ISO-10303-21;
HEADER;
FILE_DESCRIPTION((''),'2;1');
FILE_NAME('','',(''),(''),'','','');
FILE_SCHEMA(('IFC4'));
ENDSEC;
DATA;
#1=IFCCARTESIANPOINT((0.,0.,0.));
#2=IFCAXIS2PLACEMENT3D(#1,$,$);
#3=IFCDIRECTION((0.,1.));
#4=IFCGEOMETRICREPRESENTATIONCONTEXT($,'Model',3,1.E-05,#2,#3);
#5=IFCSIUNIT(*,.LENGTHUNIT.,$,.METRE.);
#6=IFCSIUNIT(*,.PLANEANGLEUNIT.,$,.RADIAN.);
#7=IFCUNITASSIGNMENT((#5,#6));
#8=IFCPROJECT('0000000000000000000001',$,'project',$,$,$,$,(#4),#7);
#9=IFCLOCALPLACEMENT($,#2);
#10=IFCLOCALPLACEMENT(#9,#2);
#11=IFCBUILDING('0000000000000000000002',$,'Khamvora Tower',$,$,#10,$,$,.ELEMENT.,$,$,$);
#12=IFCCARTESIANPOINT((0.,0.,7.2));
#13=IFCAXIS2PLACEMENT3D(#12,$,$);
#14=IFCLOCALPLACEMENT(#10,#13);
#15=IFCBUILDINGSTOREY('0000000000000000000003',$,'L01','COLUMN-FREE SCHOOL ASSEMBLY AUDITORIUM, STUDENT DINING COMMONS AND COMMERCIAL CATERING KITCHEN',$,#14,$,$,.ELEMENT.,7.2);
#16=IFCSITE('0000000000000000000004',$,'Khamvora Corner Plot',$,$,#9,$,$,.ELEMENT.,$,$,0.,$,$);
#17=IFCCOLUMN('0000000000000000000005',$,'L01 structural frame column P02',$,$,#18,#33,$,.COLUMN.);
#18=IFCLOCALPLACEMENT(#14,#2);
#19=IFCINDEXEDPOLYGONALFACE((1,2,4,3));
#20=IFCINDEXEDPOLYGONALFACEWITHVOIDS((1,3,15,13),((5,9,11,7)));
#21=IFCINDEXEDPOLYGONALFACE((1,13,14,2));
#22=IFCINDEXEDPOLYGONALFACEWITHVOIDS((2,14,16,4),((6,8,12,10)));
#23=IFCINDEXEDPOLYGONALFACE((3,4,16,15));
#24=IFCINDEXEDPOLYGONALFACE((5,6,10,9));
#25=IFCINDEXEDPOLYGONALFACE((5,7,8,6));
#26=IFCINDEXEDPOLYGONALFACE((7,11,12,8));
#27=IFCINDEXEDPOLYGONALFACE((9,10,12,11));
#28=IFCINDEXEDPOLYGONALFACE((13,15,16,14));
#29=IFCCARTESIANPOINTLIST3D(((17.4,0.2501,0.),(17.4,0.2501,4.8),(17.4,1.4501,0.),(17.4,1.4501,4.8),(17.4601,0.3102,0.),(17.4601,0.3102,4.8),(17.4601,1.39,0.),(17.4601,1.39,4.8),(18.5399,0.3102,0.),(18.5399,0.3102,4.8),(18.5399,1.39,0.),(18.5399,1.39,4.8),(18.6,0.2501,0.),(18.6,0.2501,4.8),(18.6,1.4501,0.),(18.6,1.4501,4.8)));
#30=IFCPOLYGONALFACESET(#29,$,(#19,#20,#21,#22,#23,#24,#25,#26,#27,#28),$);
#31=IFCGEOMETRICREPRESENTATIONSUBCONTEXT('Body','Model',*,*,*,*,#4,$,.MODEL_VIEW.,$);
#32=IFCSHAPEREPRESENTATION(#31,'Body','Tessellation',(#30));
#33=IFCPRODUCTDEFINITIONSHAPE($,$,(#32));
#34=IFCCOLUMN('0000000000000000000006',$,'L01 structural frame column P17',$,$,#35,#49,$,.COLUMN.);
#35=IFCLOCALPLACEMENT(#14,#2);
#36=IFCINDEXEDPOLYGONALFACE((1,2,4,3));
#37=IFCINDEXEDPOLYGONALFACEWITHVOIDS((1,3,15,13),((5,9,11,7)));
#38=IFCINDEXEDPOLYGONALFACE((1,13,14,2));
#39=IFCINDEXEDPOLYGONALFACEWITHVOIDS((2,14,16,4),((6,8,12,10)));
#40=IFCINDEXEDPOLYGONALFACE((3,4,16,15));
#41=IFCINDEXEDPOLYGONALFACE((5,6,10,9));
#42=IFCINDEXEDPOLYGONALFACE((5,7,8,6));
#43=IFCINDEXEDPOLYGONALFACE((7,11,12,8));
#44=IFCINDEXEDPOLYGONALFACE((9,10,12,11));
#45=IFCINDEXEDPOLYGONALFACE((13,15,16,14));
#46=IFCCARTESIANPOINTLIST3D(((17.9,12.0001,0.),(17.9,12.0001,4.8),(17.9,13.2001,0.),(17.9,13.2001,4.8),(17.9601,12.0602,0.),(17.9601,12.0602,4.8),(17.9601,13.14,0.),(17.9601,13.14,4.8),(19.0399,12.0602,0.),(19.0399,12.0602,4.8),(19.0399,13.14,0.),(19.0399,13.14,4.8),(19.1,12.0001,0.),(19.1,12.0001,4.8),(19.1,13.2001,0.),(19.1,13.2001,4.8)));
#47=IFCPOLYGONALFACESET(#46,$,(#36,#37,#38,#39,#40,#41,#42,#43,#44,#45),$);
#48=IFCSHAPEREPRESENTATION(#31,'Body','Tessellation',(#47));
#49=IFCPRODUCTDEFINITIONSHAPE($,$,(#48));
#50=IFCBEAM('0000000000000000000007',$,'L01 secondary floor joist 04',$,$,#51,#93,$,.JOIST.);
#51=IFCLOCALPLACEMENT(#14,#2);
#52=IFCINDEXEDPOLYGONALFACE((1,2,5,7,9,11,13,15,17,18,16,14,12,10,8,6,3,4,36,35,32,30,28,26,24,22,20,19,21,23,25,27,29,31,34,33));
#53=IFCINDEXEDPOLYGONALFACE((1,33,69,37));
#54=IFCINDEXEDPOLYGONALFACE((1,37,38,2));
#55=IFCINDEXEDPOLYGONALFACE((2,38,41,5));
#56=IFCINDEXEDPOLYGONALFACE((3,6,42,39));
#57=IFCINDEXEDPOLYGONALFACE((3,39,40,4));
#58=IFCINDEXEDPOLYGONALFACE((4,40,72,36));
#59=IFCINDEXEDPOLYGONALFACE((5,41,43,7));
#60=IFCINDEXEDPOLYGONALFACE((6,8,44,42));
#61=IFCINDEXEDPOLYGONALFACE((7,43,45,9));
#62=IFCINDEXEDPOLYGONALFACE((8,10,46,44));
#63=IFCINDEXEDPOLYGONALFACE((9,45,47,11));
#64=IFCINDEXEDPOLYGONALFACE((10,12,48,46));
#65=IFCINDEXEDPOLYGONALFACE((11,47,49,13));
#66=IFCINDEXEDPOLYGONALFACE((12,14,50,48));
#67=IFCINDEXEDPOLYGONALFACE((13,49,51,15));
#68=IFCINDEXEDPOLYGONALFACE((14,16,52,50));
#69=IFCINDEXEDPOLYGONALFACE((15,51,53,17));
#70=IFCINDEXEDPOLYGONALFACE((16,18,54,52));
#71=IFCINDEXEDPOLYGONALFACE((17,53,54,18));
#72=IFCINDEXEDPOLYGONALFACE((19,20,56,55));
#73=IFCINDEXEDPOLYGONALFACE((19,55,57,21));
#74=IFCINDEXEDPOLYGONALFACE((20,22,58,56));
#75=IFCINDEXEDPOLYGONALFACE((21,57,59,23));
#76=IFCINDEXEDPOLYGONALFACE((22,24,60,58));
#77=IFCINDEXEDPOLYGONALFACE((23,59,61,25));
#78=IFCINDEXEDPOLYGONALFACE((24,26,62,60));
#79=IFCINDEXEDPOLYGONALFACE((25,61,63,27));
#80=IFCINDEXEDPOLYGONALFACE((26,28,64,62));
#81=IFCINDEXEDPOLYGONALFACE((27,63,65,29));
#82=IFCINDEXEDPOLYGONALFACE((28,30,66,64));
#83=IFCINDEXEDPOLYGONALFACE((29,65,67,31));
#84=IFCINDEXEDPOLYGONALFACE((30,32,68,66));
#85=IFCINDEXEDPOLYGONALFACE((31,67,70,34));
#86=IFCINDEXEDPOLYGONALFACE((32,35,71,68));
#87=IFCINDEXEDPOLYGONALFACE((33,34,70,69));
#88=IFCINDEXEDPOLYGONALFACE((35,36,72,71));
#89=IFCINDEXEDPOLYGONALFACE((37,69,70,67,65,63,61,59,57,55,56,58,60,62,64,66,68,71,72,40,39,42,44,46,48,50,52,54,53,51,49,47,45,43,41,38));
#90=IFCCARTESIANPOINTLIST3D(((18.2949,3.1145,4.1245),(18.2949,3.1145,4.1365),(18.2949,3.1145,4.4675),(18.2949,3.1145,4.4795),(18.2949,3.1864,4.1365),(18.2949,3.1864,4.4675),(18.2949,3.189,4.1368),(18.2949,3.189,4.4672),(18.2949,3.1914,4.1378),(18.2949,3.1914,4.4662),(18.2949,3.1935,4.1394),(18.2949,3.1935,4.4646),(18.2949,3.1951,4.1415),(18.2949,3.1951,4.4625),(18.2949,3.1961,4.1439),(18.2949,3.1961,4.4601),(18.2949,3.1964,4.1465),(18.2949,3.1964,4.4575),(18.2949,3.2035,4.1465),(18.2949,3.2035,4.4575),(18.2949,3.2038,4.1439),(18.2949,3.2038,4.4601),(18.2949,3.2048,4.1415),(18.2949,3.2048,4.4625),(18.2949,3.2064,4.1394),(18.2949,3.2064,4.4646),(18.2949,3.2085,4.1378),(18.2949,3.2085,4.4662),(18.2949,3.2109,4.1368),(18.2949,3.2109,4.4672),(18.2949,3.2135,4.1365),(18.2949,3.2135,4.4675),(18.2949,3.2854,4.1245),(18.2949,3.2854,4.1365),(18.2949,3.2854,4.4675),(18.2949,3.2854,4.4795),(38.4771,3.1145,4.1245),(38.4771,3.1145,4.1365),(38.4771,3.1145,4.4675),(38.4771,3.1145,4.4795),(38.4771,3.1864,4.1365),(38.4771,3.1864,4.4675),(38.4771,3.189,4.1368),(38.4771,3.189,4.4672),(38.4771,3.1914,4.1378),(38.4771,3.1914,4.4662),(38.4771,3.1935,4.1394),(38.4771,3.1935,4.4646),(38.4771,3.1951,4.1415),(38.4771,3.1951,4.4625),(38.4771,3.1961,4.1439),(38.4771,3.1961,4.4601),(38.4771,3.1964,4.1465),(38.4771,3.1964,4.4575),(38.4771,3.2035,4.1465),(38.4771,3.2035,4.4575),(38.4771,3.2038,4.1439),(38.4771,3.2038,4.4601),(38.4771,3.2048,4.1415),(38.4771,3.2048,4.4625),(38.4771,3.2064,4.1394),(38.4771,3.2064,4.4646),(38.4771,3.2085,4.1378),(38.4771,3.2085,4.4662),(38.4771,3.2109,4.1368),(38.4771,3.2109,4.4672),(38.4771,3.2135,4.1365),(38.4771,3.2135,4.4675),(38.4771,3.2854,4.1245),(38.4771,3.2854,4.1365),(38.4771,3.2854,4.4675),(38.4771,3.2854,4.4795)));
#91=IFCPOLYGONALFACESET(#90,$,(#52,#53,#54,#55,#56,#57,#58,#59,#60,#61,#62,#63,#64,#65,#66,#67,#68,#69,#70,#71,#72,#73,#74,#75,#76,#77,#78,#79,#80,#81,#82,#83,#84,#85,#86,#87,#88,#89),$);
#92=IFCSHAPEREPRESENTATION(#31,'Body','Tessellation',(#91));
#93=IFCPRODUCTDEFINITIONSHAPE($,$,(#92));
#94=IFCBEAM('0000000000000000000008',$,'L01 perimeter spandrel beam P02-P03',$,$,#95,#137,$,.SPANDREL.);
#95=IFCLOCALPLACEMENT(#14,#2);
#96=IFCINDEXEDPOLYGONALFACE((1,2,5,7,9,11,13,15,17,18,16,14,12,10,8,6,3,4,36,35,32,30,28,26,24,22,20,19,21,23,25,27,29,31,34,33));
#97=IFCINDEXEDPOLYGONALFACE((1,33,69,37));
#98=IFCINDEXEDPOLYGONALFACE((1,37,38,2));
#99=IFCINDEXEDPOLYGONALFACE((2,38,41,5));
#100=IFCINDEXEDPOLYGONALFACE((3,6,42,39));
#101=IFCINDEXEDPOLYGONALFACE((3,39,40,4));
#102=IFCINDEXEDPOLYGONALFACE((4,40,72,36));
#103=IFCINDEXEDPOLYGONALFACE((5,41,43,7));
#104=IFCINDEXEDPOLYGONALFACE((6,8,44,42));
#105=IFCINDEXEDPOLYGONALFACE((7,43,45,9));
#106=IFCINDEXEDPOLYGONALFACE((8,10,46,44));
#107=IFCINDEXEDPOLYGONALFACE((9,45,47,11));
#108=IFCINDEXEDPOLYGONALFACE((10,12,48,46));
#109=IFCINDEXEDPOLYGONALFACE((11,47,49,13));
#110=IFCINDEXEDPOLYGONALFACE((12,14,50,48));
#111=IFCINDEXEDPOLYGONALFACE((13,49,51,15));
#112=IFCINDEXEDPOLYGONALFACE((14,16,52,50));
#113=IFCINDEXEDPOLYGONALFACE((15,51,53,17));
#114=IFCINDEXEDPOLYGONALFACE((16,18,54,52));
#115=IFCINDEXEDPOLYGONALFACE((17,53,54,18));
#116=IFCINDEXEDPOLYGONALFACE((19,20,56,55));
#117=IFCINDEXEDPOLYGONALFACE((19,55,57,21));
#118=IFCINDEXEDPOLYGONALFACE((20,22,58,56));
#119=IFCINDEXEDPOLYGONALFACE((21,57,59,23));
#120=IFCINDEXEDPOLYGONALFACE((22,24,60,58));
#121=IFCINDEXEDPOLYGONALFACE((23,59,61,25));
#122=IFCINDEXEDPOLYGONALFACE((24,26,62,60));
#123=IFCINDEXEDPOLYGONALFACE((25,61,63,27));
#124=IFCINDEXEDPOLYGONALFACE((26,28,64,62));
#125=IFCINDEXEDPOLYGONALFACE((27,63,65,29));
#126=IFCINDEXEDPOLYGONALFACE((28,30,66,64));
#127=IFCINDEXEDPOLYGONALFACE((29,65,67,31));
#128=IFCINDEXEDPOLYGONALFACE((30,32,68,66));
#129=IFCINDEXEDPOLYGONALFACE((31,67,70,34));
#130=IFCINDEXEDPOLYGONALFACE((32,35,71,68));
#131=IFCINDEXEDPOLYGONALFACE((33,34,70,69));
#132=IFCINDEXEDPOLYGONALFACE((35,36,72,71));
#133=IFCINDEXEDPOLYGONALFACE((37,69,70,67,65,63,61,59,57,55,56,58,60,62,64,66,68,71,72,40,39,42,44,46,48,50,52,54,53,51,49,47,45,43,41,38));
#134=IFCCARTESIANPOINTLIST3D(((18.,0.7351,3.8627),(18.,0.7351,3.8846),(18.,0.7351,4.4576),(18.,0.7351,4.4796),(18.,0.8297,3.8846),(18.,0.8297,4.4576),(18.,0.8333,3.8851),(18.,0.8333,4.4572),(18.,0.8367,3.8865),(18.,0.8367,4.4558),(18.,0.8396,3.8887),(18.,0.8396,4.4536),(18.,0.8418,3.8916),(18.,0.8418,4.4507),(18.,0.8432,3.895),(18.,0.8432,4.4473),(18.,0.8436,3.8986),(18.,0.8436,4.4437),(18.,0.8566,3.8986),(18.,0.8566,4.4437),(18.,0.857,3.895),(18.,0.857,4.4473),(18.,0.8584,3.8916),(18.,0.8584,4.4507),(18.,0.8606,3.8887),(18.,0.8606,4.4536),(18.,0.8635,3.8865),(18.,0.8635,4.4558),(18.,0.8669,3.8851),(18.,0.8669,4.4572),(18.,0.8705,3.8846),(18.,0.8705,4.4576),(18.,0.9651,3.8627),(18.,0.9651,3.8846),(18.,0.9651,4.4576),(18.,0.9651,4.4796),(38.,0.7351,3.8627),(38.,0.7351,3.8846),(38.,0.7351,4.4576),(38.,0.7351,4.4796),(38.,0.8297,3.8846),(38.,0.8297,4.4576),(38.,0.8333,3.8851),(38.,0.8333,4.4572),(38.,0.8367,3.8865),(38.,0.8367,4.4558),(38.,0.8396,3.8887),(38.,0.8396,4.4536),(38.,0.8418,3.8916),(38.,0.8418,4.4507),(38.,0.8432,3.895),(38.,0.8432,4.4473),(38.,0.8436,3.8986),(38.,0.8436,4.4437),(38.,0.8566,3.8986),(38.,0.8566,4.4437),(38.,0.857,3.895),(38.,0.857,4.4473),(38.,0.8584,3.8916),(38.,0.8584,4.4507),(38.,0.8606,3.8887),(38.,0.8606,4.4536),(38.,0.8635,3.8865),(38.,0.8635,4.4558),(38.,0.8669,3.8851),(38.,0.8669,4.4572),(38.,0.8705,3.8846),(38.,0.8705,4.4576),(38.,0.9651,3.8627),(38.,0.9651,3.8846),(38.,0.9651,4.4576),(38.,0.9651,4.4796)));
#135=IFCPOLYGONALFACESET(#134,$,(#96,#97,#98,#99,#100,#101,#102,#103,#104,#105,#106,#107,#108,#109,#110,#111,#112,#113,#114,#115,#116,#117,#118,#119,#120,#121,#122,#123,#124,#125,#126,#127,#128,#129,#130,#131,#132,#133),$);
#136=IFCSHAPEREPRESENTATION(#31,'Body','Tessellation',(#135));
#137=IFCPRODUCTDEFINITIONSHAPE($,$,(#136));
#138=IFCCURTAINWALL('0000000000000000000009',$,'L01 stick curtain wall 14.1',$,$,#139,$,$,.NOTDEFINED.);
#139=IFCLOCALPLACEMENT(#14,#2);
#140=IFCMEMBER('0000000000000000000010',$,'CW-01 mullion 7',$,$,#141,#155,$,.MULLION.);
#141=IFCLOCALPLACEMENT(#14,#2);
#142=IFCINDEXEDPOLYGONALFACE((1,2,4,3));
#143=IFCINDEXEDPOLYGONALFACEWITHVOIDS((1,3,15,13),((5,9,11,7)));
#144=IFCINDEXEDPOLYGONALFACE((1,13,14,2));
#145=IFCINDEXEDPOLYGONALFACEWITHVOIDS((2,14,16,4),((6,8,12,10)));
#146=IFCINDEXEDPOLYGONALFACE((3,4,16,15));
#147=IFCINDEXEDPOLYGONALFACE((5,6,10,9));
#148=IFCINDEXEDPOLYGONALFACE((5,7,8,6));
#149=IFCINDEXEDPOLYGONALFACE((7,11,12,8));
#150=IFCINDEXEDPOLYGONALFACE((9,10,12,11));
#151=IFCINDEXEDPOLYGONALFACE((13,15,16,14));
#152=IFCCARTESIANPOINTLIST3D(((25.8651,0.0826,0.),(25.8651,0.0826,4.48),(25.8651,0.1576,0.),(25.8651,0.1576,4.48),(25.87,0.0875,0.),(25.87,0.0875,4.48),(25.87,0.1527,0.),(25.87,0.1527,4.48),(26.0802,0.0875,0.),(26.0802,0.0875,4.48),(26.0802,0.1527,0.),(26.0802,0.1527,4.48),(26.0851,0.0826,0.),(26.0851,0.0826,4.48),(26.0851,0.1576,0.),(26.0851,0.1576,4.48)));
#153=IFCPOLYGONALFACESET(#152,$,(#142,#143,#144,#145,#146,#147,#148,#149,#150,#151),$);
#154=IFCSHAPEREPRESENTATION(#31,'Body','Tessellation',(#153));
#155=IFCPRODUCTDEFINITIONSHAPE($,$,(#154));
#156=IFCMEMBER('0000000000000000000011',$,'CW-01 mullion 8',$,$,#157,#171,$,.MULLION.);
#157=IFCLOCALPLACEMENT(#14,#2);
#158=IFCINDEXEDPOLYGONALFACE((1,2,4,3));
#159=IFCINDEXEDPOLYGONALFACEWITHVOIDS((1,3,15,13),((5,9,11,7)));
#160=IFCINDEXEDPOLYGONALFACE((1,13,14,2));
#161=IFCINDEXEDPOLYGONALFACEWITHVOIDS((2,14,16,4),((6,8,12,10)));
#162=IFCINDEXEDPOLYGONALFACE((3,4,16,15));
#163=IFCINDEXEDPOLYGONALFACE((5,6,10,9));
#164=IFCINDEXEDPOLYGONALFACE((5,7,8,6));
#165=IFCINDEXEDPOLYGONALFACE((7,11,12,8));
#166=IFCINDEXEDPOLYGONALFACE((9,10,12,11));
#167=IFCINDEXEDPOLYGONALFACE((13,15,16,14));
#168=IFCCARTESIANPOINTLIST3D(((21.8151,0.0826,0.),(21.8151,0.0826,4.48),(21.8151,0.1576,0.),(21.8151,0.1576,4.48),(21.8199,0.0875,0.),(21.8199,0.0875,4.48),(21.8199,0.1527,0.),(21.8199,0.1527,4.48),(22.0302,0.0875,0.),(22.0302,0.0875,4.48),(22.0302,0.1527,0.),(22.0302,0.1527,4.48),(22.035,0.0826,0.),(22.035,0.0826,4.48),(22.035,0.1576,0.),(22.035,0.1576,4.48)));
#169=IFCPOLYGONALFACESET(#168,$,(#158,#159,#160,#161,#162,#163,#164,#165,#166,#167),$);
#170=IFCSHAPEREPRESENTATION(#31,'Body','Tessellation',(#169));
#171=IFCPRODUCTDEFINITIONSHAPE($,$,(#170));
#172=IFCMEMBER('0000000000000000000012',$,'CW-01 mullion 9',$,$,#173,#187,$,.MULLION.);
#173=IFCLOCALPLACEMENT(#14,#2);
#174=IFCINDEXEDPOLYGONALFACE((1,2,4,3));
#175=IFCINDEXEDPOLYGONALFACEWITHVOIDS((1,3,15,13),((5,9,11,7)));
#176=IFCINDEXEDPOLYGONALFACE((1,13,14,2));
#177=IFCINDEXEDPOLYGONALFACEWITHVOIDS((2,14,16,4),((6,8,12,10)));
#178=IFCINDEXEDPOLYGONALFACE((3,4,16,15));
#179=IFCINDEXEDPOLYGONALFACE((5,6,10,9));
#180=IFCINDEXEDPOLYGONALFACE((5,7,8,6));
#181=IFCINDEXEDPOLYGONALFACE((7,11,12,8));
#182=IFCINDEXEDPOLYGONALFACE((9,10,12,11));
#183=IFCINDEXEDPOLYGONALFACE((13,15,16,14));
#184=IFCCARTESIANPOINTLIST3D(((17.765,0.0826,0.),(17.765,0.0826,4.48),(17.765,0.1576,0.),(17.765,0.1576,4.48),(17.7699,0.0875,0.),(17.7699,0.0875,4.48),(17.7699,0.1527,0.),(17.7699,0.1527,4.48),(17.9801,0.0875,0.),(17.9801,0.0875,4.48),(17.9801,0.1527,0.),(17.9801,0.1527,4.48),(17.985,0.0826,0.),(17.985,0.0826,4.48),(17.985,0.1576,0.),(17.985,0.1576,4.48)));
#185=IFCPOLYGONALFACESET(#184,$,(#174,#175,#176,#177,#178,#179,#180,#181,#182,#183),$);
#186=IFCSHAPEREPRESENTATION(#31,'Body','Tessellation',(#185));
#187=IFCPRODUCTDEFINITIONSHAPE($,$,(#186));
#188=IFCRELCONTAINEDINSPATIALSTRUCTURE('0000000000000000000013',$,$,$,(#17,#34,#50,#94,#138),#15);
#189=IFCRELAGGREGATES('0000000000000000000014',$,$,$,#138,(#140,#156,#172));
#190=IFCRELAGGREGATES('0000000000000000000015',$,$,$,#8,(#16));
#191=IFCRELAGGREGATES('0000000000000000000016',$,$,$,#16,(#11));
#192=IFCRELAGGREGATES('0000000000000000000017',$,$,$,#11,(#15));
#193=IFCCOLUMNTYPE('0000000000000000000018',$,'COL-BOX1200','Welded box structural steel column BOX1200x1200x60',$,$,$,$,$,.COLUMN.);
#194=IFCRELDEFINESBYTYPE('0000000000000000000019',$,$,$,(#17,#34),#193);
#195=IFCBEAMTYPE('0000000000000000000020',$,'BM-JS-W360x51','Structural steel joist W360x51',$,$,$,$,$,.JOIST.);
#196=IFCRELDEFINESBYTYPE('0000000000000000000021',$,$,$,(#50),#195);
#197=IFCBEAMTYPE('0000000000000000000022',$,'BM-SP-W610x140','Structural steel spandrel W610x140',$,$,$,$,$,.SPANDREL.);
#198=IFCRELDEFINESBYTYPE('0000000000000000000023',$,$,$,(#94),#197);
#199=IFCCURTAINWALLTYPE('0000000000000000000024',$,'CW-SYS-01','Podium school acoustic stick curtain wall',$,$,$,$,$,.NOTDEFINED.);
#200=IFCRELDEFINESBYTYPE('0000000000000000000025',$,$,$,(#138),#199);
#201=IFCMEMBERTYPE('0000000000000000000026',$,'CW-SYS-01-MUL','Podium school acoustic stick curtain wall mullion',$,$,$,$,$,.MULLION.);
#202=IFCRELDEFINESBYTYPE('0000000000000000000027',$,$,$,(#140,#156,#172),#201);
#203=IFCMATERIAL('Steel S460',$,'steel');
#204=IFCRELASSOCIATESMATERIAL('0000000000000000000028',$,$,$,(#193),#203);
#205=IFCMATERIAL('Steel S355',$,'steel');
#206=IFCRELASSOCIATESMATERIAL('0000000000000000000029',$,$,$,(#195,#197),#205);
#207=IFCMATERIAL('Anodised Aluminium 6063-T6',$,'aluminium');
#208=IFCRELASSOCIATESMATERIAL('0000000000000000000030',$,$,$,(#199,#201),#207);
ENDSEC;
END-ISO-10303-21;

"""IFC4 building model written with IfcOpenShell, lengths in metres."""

from ifc_helpers import new_model, si_unit, direction, frame, origin, origin_2d, place, context, subcontext, project, spatial, hollow_rectangle, i_section, extrude, material, material_profile, profile_set, type_object, element, aggregate, save


model = new_model("IFC4")

# Units and contexts
model_context = context("Model", 3, precision=1e-05, world=origin(), true_north=direction((0.0, 1.0)))
body_context = subcontext(model_context, "Body", "Model", "MODEL_VIEW")
ifc_project = project(units=[si_unit("LENGTHUNIT", "METRE"), si_unit("PLANEANGLEUNIT", "RADIAN")], contexts=[model_context])

# Site, building, storey
site_placement = place(None, origin())
site = spatial("IfcSite", under=ifc_project, at=site_placement, Name="Khamvora Corner Plot", CompositionType="ELEMENT", RefElevation=0.0)
building_placement = place(site_placement, origin())
building = spatial("IfcBuilding", under=site, at=building_placement, Name="Khamvora Tower", CompositionType="ELEMENT")
storey_placement = place(building_placement, frame((0.0, 0.0, 7.2)))
storey = spatial("IfcBuildingStorey", under=building, at=storey_placement, Name="L01", Description="COLUMN-FREE SCHOOL ASSEMBLY AUDITORIUM, STUDENT DINING COMMONS AND COMMERCIAL CATERING KITCHEN", CompositionType="ELEMENT", Elevation=7.2)

# Columns
ifc_material_1 = material(Name="Steel S460", Category="steel")
ifc_material_profile_1 = material_profile(ifc_material_1, hollow_rectangle(XDim=1.2, YDim=1.2, WallThickness=0.0601, at=origin_2d()), Name="BOX1200x1200x60")
ifc_profile_set_1 = profile_set([ifc_material_profile_1], Name="Steel S460")
column_type = type_object("IfcColumnType", Name="COL-BOX1200", Description="Welded box structural steel column BOX1200x1200x60", PredefinedType="COLUMN", material=ifc_profile_set_1)
for number, where, z_axis, x_axis, name in (
    (1, (18.0, 0.8501, 0.0), (0.0, 0.0, 1.0), (1.0, 0.0, 0.0), "L01 structural frame column P02"),
    (2, (18.5, 12.6001, 0.0), (0.0, 0.0, 1.0), (1.0, 0.0, 0.0), "L01 structural frame column P17"),
):
    element("IfcColumn", number, at=place(storey_placement, frame(where, z_axis=z_axis, x_axis=x_axis)), inside=storey, type_object=column_type, Name=name, PredefinedType="COLUMN", context=body_context, shape_type="SweptSolid", body=[
        extrude(hollow_rectangle(XDim=1.2, YDim=1.2, WallThickness=0.0601, at=origin_2d()), origin(), (0.0, 0.0, 1.0), 4.8),
    ])

# Beams
ifc_material_2 = material(Name="Steel S355", Category="steel")
ifc_material_profile_2 = material_profile(ifc_material_2, i_section(OverallWidth=0.1709, OverallDepth=0.355, WebThickness=0.0071, FlangeThickness=0.012, FilletRadius=0.01, at=origin_2d()), Name="W360x51")
ifc_profile_set_2 = profile_set([ifc_material_profile_2], Name="Steel S355")
beam_type_1 = type_object("IfcBeamType", Name="BM-JS-W360x51", Description="Structural steel joist W360x51", PredefinedType="JOIST", material=ifc_profile_set_2)
beam_1_placement = place(storey_placement, frame((18.2949, 3.2, 4.302), z_axis=(1.0, 0.0, 0.0), x_axis=(0.0, 1.0, 0.0)))
element("IfcBeam", 3, at=beam_1_placement, inside=storey, type_object=beam_type_1, Name="L01 secondary floor joist 04", PredefinedType="JOIST", context=body_context, shape_type="SweptSolid", body=[
    extrude(i_section(OverallWidth=0.1709, OverallDepth=0.355, WebThickness=0.0071, FlangeThickness=0.012, FilletRadius=0.01, at=origin_2d()), origin(), (0.0, 0.0, 1.0), 20.1821),
])
ifc_material_profile_3 = material_profile(ifc_material_2, i_section(OverallWidth=0.23, OverallDepth=0.6169, WebThickness=0.0129, FlangeThickness=0.022, FilletRadius=0.0139, at=origin_2d()), Name="W610x140")
ifc_profile_set_3 = profile_set([ifc_material_profile_3], Name="Steel S355")
beam_type_2 = type_object("IfcBeamType", Name="BM-SP-W610x140", Description="Structural steel spandrel W610x140", PredefinedType="SPANDREL", material=ifc_profile_set_3)
beam_2_placement = place(storey_placement, frame((18.0, 0.8501, 4.1711), z_axis=(1.0, 0.0, 0.0), x_axis=(0.0, 1.0, 0.0)))
element("IfcBeam", 4, at=beam_2_placement, inside=storey, type_object=beam_type_2, Name="L01 perimeter spandrel beam P02-P03", PredefinedType="SPANDREL", context=body_context, shape_type="SweptSolid", body=[
    extrude(i_section(OverallWidth=0.23, OverallDepth=0.6169, WebThickness=0.0129, FlangeThickness=0.022, FilletRadius=0.0139, at=origin_2d()), origin(), (0.0, 0.0, 1.0), 20.0),
])

# Curtain wall, members
ifc_material_3 = material(Name="Anodised Aluminium 6063-T6", Category="aluminium")
curtain_wall_type = type_object("IfcCurtainWallType", Name="CW-SYS-01", Description="Podium school acoustic stick curtain wall", PredefinedType="NOTDEFINED", material=ifc_material_3)
curtain_wall_placement = place(storey_placement, origin())
curtain_wall = element("IfcCurtainWall", 5, at=curtain_wall_placement, inside=storey, type_object=curtain_wall_type, Name="L01 stick curtain wall 14.1", PredefinedType="NOTDEFINED")
ifc_material_profile_4 = material_profile(ifc_material_3, hollow_rectangle(XDim=0.075, YDim=0.22, WallThickness=0.0049, at=origin_2d()), Name="MUL75x220x5")
ifc_profile_set_4 = profile_set([ifc_material_profile_4], Name="Anodised Aluminium 6063-T6")
member_type_1 = type_object("IfcMemberType", Name="CW-SYS-01-MUL", Description="Podium school acoustic stick curtain wall mullion", PredefinedType="MULLION", material=ifc_profile_set_4)
member_1_placement = place(storey_placement, frame((25.9751, 0.1201, 0.0), z_axis=(0.0, 0.0, 1.0), x_axis=(0.0, -1.0, 0.0)))
member_1 = element("IfcMember", 6, at=member_1_placement, type_object=member_type_1, Name="CW-01 mullion 7", PredefinedType="MULLION", context=body_context, shape_type="SweptSolid", body=[
    extrude(hollow_rectangle(XDim=0.075, YDim=0.22, WallThickness=0.0049, at=origin_2d()), origin(), (0.0, 0.0, 1.0), 4.48),
])
member_2_placement = place(storey_placement, frame((21.925, 0.1201, 0.0), z_axis=(0.0, 0.0, 1.0), x_axis=(0.0, -1.0, 0.0)))
member_2 = element("IfcMember", 7, at=member_2_placement, type_object=member_type_1, Name="CW-01 mullion 8", PredefinedType="MULLION", context=body_context, shape_type="SweptSolid", body=[
    extrude(hollow_rectangle(XDim=0.075, YDim=0.22, WallThickness=0.0049, at=origin_2d()), origin(), (0.0, 0.0, 1.0), 4.48),
])
member_3_placement = place(storey_placement, frame((17.875, 0.1201, 0.0), z_axis=(0.0, 0.0, 1.0), x_axis=(0.0, -1.0, 0.0)))
member_3 = element("IfcMember", 8, at=member_3_placement, type_object=member_type_1, Name="CW-01 mullion 9", PredefinedType="MULLION", context=body_context, shape_type="SweptSolid", body=[
    extrude(hollow_rectangle(XDim=0.075, YDim=0.22, WallThickness=0.0049, at=origin_2d()), origin(), (0.0, 0.0, 1.0), 4.48),
])

aggregate(curtain_wall, [member_1, member_2, member_3])

save(model, "model.ifc")
